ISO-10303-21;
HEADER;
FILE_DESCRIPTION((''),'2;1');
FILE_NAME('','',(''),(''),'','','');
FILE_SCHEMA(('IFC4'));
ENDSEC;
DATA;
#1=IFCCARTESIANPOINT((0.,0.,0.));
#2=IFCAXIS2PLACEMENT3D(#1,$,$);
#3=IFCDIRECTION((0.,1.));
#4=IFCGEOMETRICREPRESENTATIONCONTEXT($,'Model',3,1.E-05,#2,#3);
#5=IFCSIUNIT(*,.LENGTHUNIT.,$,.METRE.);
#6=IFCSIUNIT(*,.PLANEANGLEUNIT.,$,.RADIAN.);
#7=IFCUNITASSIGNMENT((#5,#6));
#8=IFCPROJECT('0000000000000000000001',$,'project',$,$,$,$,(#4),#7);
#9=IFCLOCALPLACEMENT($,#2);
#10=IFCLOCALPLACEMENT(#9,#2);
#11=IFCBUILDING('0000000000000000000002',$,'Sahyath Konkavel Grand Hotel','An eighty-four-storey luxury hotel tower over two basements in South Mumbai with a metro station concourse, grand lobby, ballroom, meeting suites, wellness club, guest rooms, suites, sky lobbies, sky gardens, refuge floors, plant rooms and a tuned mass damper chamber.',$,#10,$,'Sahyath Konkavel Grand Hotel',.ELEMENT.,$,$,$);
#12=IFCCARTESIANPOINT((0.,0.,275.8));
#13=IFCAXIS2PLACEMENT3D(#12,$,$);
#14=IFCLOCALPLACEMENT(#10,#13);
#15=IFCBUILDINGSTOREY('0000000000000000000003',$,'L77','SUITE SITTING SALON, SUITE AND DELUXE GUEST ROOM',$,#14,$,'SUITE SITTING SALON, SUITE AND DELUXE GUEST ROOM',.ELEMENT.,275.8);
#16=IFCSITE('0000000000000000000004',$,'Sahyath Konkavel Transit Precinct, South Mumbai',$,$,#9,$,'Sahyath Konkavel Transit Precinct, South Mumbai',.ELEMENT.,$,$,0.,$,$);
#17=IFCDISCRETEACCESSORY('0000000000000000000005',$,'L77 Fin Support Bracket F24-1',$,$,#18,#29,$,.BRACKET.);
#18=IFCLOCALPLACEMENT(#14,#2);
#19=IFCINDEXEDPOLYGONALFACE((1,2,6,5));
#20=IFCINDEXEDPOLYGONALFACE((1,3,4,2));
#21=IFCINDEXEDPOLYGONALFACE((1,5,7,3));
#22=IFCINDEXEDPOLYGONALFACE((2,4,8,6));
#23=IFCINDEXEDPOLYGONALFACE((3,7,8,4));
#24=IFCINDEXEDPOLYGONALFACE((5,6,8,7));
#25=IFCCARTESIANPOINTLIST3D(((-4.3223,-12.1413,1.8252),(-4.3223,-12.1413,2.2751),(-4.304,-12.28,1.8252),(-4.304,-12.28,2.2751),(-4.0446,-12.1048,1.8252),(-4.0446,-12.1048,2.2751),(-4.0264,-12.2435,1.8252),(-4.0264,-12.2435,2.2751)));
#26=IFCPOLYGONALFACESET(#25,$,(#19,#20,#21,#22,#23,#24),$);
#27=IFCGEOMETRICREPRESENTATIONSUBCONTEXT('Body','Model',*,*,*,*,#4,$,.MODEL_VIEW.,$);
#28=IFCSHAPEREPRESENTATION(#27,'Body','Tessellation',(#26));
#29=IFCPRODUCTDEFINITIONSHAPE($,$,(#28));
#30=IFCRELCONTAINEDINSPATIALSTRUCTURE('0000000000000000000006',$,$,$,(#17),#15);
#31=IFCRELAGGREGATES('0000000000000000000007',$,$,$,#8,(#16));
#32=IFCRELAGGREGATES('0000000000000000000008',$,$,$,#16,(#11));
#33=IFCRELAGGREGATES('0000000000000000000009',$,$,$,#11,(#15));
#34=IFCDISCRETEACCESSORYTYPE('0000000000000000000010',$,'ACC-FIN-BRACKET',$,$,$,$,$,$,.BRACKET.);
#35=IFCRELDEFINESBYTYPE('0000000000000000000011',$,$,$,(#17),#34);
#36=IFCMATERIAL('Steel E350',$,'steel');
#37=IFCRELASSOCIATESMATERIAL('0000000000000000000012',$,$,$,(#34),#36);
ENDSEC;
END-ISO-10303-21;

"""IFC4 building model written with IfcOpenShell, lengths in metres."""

from ifc_helpers import new_model, si_unit, direction, frame, origin, origin_2d, place, context, subcontext, project, spatial, rectangle, extrude, source, transform, mapped, material, type_object, element, save


model = new_model("IFC4")

# Units and contexts
model_context = context("Model", 3, precision=1e-05, world=origin(), true_north=direction((0.0, 1.0)))
body_context = subcontext(model_context, "Body", "Model", "MODEL_VIEW")
ifc_project = project(units=[si_unit("LENGTHUNIT", "METRE"), si_unit("PLANEANGLEUNIT", "RADIAN")], contexts=[model_context])

# Site, building, storey
site_placement = place(None, origin())
site = spatial("IfcSite", under=ifc_project, at=site_placement, Name="Sahyath Konkavel Transit Precinct, South Mumbai", LongName="Sahyath Konkavel Transit Precinct, South Mumbai", CompositionType="ELEMENT", RefElevation=0.0)
building_placement = place(site_placement, origin())
building = spatial("IfcBuilding", under=site, at=building_placement, Name="Sahyath Konkavel Grand Hotel", Description="An eighty-four-storey luxury hotel tower over two basements in South Mumbai with a metro station concourse, grand lobby, ballroom, meeting suites, wellness club, guest rooms, suites, sky lobbies, sky gardens, refuge floors, plant rooms and a tuned mass damper chamber.", LongName="Sahyath Konkavel Grand Hotel", CompositionType="ELEMENT")
storey_placement = place(building_placement, frame((0.0, 0.0, 275.8)))
storey = spatial("IfcBuildingStorey", under=building, at=storey_placement, Name="L77", Description="SUITE SITTING SALON, SUITE AND DELUXE GUEST ROOM", LongName="SUITE SITTING SALON, SUITE AND DELUXE GUEST ROOM", CompositionType="ELEMENT", Elevation=275.8)

# Discrete accessory
ifc_material_1 = material(Name="Steel E350", Category="steel")
discrete_accessory_type = type_object("IfcDiscreteAccessoryType", Name="ACC-FIN-BRACKET", PredefinedType="BRACKET", material=ifc_material_1)
shared_shape_1 = source(origin(), body_context, "Body", "SweptSolid", [
    extrude(rectangle(XDim=0.28, YDim=0.1399, at=origin_2d()), origin(), (0.0, 0.0, 1.0), 0.45),
])
for number, where, z_axis, x_axis, name in (
    (1, (-4.1743, -12.1924, 1.8252), (0.0, 0.0, 1.0), (-0.991445, -0.130526, 0.0), "L77 Fin Support Bracket F24-1"),
):
    element("IfcDiscreteAccessory", number, at=place(storey_placement, frame(where, z_axis=z_axis, x_axis=x_axis)), inside=storey, type_object=discrete_accessory_type, Name=name, PredefinedType="BRACKET", context=body_context, shape_type="MappedRepresentation", body=[
        mapped(shared_shape_1, transform((0.0, 0.0, 0.0), scale=1.0)),
    ])

save(model, "model.ifc")
